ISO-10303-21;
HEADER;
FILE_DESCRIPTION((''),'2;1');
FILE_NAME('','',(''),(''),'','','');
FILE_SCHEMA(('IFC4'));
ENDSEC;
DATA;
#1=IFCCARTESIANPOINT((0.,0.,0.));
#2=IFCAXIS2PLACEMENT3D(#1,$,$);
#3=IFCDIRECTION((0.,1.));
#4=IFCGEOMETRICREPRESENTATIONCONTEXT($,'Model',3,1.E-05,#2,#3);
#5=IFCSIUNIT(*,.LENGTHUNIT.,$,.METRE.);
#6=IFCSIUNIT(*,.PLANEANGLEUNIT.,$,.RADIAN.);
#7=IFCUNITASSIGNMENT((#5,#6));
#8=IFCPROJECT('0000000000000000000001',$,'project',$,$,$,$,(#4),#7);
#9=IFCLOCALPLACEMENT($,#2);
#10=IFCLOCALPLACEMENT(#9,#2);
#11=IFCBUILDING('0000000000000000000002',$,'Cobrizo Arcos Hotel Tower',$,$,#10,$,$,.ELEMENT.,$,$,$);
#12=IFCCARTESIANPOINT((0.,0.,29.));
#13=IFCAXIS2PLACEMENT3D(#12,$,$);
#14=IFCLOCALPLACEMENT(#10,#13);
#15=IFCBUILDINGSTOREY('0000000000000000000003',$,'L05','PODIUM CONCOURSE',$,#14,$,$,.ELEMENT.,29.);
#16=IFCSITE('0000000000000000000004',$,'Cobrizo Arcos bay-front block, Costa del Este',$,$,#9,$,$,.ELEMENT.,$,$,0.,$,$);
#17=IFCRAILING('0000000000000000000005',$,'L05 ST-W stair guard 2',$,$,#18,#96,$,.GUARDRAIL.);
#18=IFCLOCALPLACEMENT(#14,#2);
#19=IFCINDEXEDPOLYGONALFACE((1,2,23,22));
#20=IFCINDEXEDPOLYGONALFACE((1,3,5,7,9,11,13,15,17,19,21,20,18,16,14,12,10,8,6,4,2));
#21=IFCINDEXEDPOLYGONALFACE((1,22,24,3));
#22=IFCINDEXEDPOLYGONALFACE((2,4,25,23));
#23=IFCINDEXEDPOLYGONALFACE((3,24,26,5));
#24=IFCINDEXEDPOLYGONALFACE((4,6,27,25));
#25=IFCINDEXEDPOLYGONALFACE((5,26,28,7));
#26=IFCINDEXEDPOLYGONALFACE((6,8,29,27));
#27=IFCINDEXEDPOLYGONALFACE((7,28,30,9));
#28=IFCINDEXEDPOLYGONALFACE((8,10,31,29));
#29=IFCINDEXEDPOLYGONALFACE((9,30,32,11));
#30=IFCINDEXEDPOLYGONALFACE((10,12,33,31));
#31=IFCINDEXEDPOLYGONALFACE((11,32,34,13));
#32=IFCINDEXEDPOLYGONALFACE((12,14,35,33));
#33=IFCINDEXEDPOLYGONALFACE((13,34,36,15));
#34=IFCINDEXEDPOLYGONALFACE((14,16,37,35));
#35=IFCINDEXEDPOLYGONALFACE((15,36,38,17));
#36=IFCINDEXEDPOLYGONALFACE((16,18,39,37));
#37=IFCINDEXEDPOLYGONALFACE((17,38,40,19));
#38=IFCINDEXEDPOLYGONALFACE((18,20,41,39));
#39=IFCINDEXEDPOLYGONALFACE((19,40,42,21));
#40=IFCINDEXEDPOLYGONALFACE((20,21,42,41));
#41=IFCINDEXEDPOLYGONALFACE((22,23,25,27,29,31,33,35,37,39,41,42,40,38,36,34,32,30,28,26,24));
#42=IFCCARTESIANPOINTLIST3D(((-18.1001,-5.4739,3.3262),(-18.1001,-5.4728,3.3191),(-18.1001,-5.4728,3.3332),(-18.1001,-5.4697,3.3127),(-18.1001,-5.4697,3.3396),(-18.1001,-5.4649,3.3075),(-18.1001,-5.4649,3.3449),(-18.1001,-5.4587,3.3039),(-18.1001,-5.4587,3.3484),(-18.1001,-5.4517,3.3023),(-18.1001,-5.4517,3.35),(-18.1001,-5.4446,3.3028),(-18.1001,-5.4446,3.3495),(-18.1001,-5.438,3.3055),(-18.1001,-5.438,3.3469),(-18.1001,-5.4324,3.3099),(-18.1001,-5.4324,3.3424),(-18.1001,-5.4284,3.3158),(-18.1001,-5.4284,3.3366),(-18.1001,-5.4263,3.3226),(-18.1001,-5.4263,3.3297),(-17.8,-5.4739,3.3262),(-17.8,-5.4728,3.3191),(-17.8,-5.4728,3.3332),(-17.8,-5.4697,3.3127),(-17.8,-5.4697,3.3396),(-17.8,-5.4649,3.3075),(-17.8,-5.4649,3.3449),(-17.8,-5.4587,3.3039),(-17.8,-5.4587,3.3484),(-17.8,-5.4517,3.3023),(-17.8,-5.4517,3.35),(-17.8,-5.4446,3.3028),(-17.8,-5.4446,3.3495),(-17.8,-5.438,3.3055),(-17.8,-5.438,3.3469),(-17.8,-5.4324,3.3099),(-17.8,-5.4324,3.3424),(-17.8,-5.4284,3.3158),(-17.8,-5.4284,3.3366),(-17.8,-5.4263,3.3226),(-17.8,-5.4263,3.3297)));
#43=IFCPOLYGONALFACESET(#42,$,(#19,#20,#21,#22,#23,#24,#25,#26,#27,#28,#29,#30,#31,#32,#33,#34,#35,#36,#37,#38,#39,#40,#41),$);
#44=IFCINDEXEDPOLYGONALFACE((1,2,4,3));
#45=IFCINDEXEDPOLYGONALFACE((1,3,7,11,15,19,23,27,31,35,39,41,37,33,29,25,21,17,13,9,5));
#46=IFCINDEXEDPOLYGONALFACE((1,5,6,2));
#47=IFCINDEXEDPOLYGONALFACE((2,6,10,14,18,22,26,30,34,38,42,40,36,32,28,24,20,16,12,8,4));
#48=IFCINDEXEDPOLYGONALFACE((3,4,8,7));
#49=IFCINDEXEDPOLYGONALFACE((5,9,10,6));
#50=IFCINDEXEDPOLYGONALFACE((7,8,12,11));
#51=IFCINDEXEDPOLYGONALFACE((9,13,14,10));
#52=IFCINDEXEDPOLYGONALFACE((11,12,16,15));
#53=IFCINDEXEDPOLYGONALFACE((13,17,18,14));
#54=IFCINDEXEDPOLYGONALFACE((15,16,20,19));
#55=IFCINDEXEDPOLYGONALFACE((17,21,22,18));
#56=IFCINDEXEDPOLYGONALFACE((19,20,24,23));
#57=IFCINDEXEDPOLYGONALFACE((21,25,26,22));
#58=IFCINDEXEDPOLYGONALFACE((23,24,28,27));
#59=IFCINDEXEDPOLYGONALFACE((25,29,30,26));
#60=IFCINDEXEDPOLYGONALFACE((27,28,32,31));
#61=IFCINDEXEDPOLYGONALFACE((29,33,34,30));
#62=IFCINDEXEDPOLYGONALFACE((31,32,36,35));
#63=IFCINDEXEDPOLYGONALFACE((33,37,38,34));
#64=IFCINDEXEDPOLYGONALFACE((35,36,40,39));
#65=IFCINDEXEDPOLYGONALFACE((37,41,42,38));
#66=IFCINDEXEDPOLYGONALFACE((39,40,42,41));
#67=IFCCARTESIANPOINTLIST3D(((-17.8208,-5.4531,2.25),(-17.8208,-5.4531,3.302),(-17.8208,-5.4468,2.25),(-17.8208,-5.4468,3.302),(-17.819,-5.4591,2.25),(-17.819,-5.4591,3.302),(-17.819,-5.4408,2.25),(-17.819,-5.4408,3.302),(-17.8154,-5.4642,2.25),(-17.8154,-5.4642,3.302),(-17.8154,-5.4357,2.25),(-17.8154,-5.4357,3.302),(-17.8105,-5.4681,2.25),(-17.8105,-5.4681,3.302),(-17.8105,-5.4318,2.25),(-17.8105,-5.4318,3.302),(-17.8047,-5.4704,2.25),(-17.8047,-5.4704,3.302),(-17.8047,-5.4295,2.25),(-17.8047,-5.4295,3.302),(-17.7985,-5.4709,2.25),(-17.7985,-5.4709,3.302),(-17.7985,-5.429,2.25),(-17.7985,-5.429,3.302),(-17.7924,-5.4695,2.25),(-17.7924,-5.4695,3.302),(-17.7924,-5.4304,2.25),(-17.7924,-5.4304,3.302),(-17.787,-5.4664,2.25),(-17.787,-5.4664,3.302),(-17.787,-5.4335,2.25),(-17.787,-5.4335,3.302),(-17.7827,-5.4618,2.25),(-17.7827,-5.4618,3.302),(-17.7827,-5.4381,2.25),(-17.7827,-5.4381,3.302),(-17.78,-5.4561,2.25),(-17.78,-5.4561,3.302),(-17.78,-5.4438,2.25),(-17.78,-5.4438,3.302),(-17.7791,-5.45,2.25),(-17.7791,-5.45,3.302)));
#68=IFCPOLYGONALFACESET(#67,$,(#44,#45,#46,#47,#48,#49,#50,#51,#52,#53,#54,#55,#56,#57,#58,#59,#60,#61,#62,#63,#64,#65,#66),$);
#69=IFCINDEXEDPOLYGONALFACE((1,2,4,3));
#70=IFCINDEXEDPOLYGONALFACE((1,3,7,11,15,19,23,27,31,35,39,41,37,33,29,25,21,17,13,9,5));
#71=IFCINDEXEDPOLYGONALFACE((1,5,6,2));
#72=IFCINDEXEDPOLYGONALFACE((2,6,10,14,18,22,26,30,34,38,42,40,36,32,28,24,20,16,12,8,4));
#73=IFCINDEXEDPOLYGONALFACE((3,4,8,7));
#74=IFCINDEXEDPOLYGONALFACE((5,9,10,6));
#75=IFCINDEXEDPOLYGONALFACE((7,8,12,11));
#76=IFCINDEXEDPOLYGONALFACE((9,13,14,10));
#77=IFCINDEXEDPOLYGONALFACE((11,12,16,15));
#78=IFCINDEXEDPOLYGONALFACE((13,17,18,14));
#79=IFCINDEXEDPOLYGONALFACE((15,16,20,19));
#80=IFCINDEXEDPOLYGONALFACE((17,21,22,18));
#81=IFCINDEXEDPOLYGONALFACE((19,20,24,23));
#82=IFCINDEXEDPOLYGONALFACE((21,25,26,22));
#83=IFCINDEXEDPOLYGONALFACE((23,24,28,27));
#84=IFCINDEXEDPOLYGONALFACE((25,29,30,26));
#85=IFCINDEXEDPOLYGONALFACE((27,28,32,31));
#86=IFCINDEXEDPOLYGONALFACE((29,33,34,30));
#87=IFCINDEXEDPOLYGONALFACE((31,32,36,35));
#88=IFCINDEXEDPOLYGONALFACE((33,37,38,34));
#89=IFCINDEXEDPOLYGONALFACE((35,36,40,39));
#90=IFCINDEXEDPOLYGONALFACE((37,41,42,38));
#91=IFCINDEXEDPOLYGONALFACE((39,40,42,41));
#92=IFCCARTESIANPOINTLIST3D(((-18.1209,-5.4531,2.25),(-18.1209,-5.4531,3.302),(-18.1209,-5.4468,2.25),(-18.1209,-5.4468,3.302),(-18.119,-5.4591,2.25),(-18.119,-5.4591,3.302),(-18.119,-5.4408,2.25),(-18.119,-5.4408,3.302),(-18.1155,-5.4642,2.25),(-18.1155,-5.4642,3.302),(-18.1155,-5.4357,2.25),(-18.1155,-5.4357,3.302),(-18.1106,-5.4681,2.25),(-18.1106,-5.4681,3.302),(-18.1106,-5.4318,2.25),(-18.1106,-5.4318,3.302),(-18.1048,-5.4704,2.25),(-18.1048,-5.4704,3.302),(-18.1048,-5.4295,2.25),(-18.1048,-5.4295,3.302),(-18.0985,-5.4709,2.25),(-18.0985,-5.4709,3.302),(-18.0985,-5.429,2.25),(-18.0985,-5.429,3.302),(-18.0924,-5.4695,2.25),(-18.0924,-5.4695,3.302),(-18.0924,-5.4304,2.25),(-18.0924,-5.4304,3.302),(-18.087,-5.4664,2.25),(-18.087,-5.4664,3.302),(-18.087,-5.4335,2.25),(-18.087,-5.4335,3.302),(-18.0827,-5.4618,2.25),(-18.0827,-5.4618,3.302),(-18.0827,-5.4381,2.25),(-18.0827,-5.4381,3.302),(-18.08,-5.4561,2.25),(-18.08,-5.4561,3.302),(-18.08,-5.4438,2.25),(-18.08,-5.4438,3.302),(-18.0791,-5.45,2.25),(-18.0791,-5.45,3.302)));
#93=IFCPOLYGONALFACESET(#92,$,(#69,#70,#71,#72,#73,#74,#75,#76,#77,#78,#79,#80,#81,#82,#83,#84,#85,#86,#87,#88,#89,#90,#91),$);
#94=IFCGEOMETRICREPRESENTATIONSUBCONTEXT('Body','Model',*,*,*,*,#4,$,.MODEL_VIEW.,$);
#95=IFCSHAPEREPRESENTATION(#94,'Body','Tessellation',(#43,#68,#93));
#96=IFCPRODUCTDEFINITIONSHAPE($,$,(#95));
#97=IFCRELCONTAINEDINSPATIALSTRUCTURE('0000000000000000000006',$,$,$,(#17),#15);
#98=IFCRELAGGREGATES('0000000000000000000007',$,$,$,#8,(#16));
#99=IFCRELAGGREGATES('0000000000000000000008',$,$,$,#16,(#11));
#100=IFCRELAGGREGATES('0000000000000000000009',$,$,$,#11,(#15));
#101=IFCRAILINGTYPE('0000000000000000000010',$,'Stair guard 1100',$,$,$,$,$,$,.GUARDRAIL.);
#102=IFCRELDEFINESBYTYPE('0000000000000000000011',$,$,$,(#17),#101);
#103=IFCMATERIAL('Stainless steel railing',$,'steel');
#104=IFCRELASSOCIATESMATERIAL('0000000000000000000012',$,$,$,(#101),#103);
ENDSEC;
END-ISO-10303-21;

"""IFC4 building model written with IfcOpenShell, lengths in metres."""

from ifc_helpers import new_model, si_unit, direction, frame, origin, origin_2d, place, context, subcontext, project, spatial, circle, extrude, material, type_object, element, save


model = new_model("IFC4")

# Units and contexts
model_context = context("Model", 3, precision=1e-05, world=origin(), true_north=direction((0.0, 1.0)))
body_context = subcontext(model_context, "Body", "Model", "MODEL_VIEW")
ifc_project = project(units=[si_unit("LENGTHUNIT", "METRE"), si_unit("PLANEANGLEUNIT", "RADIAN")], contexts=[model_context])

# Site, building, storey
site_placement = place(None, origin())
site = spatial("IfcSite", under=ifc_project, at=site_placement, Name="Cobrizo Arcos bay-front block, Costa del Este", CompositionType="ELEMENT", RefElevation=0.0)
building_placement = place(site_placement, origin())
building = spatial("IfcBuilding", under=site, at=building_placement, Name="Cobrizo Arcos Hotel Tower", CompositionType="ELEMENT")
storey_placement = place(building_placement, frame((0.0, 0.0, 29.0)))
storey = spatial("IfcBuildingStorey", under=building, at=storey_placement, Name="L05", Description="PODIUM CONCOURSE", CompositionType="ELEMENT", Elevation=29.0)

# Railing
ifc_material_1 = material(Name="Stainless steel railing", Category="steel")
railing_type_1 = type_object("IfcRailingType", Name="Stair guard 1100", PredefinedType="GUARDRAIL", material=ifc_material_1)
railing_1_placement = place(storey_placement, frame((-17.8, -5.45, 2.25)))
element("IfcRailing", 1, at=railing_1_placement, inside=storey, type_object=railing_type_1, Name="L05 ST-W stair guard 2", PredefinedType="GUARDRAIL", context=body_context, shape_type="SweptSolid", body=[
    extrude(circle(Radius=0.0239, at=origin_2d()), frame((0.0, 0.0, 1.0762), z_axis=(-1.0, 0.0, 0.0), x_axis=(0.0, -1.0, 0.0)), (0.0, 0.0, 1.0), 0.3),
    extrude(circle(Radius=0.021, at=origin_2d()), origin(), (0.0, 0.0, 1.0), 1.052),
    extrude(circle(Radius=0.021, at=origin_2d()), frame((-0.3, 0.0, 0.0)), (0.0, 0.0, 1.0), 1.052),
])

save(model, "model.ifc")
